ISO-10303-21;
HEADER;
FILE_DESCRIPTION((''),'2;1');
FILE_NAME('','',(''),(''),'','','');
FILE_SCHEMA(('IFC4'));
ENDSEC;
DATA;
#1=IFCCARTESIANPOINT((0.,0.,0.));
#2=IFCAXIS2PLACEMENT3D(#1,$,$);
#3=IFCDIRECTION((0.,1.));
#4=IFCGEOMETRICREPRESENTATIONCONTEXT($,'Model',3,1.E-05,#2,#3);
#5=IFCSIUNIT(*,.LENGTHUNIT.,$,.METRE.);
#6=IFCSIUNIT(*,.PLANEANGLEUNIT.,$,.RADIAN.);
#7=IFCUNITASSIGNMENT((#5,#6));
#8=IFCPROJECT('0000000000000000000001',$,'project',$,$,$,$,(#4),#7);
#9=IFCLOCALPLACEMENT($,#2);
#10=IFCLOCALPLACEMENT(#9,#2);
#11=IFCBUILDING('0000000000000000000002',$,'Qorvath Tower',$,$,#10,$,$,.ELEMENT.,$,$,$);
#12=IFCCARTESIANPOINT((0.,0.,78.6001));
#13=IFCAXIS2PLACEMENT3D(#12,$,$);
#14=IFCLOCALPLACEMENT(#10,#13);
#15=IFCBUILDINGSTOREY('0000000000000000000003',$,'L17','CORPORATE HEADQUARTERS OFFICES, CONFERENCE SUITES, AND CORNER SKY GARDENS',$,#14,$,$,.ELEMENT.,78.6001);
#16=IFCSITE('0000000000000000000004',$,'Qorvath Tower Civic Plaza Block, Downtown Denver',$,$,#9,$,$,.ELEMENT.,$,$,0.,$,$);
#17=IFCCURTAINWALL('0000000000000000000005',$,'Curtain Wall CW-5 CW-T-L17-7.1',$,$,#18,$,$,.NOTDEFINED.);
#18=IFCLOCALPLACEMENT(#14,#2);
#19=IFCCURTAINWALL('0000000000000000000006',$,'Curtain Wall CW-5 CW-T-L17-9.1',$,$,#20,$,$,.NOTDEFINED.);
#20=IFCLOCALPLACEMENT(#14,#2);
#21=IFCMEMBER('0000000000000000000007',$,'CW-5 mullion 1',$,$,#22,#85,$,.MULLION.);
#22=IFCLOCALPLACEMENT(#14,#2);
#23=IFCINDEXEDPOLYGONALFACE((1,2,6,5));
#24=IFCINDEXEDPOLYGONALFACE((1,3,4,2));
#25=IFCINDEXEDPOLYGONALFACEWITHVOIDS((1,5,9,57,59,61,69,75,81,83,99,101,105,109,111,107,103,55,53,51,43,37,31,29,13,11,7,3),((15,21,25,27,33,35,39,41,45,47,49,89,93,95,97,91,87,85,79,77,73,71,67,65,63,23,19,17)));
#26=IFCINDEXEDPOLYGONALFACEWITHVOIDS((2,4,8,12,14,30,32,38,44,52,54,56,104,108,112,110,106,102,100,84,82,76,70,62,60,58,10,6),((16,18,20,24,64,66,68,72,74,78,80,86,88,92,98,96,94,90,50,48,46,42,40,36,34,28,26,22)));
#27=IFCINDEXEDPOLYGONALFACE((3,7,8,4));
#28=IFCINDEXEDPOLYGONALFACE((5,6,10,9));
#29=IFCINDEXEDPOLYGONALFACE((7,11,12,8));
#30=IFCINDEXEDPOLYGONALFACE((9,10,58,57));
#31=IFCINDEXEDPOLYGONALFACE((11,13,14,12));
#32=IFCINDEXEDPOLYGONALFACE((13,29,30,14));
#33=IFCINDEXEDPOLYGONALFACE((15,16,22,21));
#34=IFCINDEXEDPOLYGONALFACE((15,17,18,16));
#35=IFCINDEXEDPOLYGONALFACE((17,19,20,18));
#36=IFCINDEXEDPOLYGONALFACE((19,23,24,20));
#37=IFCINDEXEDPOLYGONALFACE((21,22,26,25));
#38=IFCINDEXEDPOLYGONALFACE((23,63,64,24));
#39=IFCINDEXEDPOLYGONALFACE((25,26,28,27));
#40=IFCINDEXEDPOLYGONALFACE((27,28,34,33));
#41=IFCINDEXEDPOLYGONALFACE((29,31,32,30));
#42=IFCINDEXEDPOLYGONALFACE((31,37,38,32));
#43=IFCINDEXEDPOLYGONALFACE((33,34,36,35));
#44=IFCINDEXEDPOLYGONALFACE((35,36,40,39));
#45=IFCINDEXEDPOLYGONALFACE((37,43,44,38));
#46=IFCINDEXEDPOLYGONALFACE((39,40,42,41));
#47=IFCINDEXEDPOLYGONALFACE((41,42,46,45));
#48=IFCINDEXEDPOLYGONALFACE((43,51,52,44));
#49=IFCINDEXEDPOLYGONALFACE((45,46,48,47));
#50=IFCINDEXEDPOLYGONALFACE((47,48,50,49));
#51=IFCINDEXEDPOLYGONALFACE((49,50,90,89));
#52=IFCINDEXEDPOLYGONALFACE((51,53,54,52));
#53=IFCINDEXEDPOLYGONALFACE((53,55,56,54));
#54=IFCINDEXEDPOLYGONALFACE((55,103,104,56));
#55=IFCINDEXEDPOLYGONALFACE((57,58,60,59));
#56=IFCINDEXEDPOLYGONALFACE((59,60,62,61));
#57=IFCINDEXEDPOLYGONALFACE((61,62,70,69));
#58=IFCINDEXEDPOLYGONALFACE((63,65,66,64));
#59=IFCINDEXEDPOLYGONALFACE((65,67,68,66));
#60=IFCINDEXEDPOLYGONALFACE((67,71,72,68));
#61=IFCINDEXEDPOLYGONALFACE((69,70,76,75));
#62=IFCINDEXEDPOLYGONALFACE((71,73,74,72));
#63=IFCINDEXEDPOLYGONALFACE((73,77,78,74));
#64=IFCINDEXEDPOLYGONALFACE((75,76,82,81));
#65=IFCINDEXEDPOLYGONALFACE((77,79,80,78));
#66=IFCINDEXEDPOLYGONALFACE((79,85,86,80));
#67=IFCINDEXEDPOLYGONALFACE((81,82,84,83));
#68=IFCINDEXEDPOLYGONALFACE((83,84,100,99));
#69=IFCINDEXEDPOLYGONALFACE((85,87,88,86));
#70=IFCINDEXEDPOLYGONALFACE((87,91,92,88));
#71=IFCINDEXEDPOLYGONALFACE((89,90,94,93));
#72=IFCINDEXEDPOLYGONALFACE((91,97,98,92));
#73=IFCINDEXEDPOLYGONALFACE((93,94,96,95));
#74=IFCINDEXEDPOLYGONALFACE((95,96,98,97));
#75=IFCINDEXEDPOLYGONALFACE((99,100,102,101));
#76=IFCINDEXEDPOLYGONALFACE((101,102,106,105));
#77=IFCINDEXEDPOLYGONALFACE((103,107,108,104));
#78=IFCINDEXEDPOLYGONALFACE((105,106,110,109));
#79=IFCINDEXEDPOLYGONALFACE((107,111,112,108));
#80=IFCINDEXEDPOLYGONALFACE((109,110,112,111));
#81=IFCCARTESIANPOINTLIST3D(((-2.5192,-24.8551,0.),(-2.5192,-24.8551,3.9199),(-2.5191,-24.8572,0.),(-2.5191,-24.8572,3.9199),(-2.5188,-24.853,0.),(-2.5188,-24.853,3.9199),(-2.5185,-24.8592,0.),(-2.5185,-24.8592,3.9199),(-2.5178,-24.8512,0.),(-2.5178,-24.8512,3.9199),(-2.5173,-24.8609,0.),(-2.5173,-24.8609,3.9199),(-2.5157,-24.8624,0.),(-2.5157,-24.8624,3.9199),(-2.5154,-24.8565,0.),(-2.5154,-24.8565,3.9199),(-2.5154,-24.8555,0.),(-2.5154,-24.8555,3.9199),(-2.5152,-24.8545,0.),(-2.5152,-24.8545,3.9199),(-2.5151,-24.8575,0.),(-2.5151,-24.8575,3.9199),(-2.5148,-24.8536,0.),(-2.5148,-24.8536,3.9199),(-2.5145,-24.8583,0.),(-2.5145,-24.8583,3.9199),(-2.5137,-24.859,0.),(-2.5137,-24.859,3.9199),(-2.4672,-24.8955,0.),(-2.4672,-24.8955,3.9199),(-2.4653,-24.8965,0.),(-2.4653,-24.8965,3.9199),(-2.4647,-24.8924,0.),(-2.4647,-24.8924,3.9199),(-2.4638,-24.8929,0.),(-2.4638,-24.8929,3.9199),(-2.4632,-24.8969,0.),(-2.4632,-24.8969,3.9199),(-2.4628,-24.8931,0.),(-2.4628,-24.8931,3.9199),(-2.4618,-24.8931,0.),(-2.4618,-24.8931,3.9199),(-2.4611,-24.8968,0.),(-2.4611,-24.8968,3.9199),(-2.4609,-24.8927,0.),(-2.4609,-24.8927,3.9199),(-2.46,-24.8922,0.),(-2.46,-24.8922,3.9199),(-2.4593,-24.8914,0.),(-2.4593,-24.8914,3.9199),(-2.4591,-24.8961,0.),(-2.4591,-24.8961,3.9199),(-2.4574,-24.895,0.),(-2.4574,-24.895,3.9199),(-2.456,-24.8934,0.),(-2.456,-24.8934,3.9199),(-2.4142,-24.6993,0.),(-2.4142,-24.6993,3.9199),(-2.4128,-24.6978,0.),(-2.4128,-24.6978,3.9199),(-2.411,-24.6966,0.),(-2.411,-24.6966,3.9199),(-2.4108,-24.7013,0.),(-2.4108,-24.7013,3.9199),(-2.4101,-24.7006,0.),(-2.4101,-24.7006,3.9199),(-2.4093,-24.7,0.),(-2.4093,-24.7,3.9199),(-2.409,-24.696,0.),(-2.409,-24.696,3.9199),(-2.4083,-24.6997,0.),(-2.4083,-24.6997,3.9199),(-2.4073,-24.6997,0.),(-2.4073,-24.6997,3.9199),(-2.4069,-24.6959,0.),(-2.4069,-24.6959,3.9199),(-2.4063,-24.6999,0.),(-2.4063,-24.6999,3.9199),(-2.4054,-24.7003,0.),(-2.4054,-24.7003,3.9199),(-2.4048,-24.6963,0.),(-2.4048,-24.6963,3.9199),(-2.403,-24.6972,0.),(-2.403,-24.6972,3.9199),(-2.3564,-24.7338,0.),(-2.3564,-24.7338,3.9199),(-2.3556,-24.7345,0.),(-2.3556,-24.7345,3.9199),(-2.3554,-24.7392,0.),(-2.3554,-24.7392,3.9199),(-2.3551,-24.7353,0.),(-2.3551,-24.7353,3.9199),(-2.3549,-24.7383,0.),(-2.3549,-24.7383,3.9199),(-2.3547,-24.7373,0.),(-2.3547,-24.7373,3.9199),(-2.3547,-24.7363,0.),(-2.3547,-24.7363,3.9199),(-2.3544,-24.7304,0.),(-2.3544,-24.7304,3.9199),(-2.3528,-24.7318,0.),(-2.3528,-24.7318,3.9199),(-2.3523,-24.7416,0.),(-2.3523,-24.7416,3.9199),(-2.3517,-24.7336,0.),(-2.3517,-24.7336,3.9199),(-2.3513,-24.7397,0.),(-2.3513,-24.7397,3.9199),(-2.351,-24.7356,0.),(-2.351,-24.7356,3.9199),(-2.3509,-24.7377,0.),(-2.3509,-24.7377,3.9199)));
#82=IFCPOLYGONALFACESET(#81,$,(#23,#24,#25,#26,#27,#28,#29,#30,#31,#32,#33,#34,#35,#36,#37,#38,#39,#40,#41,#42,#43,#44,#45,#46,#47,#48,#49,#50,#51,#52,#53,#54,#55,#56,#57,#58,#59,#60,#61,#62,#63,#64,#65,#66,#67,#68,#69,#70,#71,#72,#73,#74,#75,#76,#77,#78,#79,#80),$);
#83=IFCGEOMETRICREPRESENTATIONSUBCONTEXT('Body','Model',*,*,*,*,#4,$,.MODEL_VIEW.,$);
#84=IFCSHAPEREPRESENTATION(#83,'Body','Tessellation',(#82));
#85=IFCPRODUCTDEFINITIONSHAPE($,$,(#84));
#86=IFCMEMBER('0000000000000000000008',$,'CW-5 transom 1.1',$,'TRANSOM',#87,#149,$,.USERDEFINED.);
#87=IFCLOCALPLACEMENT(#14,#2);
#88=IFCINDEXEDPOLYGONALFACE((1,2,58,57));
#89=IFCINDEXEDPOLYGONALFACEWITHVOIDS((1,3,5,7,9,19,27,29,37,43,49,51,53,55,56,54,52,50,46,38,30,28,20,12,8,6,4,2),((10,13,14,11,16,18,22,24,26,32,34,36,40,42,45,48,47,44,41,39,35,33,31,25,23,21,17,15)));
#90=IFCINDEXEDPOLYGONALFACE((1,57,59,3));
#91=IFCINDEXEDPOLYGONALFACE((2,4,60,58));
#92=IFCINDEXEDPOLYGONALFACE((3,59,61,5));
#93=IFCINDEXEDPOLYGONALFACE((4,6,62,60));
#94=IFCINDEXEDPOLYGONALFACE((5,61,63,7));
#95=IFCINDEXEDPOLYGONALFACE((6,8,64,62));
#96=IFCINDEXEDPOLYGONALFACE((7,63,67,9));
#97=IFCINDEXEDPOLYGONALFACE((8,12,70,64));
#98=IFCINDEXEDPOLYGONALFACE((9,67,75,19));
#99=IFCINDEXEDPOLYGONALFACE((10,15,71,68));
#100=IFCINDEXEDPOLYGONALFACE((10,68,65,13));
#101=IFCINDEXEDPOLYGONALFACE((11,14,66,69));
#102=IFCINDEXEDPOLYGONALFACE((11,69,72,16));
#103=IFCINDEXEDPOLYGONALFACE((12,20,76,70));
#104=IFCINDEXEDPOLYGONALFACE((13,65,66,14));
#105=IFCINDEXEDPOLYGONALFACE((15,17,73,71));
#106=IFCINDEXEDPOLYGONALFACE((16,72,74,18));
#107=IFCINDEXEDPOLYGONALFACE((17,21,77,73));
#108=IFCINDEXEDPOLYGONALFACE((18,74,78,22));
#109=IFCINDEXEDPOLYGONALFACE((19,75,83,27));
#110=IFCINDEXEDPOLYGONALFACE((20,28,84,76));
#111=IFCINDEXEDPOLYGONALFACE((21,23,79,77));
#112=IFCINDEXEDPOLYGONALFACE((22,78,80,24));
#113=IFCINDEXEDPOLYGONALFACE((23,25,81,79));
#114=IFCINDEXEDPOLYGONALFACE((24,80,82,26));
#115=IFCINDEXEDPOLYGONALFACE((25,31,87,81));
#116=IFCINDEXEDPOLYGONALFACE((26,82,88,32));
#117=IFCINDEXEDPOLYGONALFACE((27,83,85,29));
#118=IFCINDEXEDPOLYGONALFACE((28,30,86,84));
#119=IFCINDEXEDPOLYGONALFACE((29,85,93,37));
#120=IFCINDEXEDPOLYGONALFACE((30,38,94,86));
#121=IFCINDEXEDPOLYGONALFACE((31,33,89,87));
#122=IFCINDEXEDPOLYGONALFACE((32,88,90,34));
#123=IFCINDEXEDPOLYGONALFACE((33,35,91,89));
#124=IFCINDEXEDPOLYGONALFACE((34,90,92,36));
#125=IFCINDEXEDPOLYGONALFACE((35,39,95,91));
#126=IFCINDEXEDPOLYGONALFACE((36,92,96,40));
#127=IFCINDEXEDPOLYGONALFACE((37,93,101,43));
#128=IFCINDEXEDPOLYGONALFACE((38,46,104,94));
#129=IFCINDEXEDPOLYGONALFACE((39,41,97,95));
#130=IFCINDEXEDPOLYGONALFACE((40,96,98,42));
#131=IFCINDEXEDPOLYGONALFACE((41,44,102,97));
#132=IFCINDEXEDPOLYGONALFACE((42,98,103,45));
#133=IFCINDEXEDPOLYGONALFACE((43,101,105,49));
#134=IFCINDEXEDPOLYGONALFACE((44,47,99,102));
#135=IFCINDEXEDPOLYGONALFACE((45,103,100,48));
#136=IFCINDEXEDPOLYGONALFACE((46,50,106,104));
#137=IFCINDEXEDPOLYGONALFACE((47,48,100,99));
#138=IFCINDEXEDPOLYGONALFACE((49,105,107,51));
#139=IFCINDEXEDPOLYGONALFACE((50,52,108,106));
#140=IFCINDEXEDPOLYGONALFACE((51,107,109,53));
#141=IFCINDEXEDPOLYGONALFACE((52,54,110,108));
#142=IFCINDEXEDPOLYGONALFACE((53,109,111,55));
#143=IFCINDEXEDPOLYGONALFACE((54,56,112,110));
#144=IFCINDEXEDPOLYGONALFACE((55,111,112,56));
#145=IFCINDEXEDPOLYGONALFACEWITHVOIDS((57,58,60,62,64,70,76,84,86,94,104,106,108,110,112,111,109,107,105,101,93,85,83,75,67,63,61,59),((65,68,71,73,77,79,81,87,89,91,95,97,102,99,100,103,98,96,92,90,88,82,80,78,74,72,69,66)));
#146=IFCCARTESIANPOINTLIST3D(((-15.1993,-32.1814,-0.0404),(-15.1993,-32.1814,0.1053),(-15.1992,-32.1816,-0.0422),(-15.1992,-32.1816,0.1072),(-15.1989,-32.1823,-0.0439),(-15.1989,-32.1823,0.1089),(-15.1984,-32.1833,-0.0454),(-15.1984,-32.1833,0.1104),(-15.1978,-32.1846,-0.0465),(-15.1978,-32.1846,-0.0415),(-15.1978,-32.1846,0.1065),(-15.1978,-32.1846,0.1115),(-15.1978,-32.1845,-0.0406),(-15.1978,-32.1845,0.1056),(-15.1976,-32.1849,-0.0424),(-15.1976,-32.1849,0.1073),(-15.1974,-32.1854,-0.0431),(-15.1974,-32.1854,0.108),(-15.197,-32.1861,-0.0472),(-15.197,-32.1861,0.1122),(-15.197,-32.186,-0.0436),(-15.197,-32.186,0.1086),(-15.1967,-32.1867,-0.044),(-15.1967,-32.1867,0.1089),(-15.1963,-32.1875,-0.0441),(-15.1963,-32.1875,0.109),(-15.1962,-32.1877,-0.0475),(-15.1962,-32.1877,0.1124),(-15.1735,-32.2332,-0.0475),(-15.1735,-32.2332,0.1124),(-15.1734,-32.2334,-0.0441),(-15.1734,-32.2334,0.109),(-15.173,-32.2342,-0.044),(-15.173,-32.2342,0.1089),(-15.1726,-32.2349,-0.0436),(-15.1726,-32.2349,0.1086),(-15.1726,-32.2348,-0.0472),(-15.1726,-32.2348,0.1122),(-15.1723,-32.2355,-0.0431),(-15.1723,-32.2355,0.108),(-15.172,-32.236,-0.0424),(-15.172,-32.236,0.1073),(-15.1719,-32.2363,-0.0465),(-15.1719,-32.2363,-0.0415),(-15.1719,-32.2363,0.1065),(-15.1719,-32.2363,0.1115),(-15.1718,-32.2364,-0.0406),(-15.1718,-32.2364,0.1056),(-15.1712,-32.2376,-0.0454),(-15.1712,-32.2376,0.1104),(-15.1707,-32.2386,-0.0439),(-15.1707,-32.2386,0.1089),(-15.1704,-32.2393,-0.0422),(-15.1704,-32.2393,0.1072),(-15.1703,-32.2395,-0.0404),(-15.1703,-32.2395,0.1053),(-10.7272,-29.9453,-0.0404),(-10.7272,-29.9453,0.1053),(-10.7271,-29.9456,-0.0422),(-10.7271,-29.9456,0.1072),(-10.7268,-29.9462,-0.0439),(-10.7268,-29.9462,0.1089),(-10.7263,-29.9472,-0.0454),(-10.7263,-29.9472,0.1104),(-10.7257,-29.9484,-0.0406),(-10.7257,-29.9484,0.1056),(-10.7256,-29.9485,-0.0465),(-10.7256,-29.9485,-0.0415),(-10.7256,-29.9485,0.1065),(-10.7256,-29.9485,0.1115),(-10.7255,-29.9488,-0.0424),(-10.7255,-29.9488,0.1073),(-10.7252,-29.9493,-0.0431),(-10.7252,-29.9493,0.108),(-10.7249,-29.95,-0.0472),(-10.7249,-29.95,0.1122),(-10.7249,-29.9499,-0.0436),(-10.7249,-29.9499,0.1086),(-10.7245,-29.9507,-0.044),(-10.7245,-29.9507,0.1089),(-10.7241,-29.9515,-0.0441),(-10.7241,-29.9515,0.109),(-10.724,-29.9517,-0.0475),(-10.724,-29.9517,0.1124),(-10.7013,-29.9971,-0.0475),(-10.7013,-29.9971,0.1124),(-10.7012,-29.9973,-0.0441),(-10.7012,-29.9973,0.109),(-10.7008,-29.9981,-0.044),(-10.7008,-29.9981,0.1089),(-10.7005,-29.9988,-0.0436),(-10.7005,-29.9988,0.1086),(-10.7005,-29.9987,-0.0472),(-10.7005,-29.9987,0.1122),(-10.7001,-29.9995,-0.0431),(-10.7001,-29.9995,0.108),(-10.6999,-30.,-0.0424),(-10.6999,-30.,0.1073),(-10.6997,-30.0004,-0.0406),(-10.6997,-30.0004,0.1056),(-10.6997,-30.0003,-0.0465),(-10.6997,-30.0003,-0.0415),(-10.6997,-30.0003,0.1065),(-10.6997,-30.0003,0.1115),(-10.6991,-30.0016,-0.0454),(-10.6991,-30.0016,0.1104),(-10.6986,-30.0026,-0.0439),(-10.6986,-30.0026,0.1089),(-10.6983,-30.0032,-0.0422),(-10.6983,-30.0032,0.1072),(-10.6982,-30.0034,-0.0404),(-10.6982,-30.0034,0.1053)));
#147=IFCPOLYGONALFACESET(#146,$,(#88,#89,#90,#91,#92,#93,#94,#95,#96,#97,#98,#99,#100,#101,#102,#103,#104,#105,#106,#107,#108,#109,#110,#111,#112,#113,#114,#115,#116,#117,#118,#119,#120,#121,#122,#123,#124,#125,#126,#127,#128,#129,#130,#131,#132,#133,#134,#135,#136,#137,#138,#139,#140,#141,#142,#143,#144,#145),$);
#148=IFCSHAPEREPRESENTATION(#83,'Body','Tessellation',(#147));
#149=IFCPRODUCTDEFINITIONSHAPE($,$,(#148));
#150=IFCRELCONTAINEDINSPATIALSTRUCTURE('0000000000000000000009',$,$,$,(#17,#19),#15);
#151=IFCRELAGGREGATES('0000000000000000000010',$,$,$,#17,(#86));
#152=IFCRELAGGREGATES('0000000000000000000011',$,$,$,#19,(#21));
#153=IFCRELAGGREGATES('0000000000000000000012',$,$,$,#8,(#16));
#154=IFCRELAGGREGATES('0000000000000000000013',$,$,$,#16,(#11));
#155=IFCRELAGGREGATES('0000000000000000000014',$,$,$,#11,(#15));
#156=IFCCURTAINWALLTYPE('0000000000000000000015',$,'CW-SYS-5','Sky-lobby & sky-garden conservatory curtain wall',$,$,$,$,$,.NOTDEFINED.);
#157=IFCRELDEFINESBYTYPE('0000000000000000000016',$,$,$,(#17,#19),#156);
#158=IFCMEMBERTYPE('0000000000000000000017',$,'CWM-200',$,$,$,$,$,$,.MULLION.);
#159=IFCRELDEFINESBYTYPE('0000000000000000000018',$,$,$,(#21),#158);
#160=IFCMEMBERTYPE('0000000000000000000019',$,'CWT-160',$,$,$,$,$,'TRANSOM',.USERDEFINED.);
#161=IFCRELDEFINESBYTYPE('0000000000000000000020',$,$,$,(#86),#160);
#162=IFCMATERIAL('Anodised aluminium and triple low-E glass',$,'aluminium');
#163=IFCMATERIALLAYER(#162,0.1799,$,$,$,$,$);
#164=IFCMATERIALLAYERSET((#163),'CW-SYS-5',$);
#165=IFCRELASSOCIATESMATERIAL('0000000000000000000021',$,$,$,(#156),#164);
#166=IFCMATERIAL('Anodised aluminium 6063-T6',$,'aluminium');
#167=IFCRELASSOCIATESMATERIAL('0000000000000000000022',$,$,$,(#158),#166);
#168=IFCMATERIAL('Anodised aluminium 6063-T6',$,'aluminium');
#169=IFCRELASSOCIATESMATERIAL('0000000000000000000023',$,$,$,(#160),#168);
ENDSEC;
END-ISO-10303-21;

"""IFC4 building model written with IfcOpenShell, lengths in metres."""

from ifc_helpers import new_model, si_unit, direction, frame, origin, origin_2d, place, context, subcontext, project, spatial, hollow_rectangle, extrude, material, layer, layer_set, material_profile, profile_set, type_object, element, aggregate, save


model = new_model("IFC4")

# Units and contexts
model_context = context("Model", 3, precision=1e-05, world=origin(), true_north=direction((0.0, 1.0)))
body_context = subcontext(model_context, "Body", "Model", "MODEL_VIEW")
ifc_project = project(units=[si_unit("LENGTHUNIT", "METRE"), si_unit("PLANEANGLEUNIT", "RADIAN")], contexts=[model_context])

# Site, building, storey
site_placement = place(None, origin())
site = spatial("IfcSite", under=ifc_project, at=site_placement, Name="Qorvath Tower Civic Plaza Block, Downtown Denver", CompositionType="ELEMENT", RefElevation=0.0)
building_placement = place(site_placement, origin())
building = spatial("IfcBuilding", under=site, at=building_placement, Name="Qorvath Tower", CompositionType="ELEMENT")
storey_placement = place(building_placement, frame((0.0, 0.0, 78.6001)))
storey = spatial("IfcBuildingStorey", under=building, at=storey_placement, Name="L17", Description="CORPORATE HEADQUARTERS OFFICES, CONFERENCE SUITES, AND CORNER SKY GARDENS", CompositionType="ELEMENT", Elevation=78.6001)

# Shared definitions
ifc_material_1 = material(Name="Anodised aluminium and triple low-E glass", Category="aluminium")
ifc_layer_1 = layer(ifc_material_1, 0.1799)
ifc_layer_set_1 = layer_set([ifc_layer_1], Name="CW-SYS-5")
curtain_wall_type = type_object("IfcCurtainWallType", Name="CW-SYS-5", Description="Sky-lobby & sky-garden conservatory curtain wall", PredefinedType="NOTDEFINED", material=ifc_layer_set_1)
ifc_material_2 = material(Name="Anodised aluminium 6063-T6", Category="aluminium")
ifc_material_profile_1 = material_profile(ifc_material_2, hollow_rectangle(XDim=0.075, YDim=0.2, WallThickness=0.0039, InnerFilletRadius=0.0039, OuterFilletRadius=0.0081, at=origin_2d()), Name="CWM 200x75")
ifc_profile_set_1 = profile_set([ifc_material_profile_1], Name="Anodised aluminium 6063-T6")
member_type_1 = type_object("IfcMemberType", Name="CWM-200", PredefinedType="MULLION", material=ifc_profile_set_1)

# Curtain wall
curtain_wall_1_placement = place(storey_placement, origin())
curtain_wall_1 = element("IfcCurtainWall", 1, at=curtain_wall_1_placement, inside=storey, type_object=curtain_wall_type, Name="Curtain Wall CW-5 CW-T-L17-7.1", PredefinedType="NOTDEFINED")

# Curtain wall, member
curtain_wall_2_placement = place(storey_placement, origin())
curtain_wall_2 = element("IfcCurtainWall", 2, at=curtain_wall_2_placement, inside=storey, type_object=curtain_wall_type, Name="Curtain Wall CW-5 CW-T-L17-9.1", PredefinedType="NOTDEFINED")
member_1_placement = place(storey_placement, frame((-2.4351, -24.7964, 0.0), z_axis=(0.0, 0.0, 1.0), x_axis=(-0.825776, 0.563998, 0.0)))
member_1 = element("IfcMember", 3, at=member_1_placement, type_object=member_type_1, Name="CW-5 mullion 1", PredefinedType="MULLION", context=body_context, shape_type="SweptSolid", body=[
    extrude(hollow_rectangle(XDim=0.075, YDim=0.2, WallThickness=0.0039, InnerFilletRadius=0.0039, OuterFilletRadius=0.0081, at=origin_2d()), origin(), (0.0, 0.0, 1.0), 3.9199),
])

# Member
ifc_material_3 = material(Name="Anodised aluminium 6063-T6", Category="aluminium")
ifc_material_profile_2 = material_profile(ifc_material_3, hollow_rectangle(XDim=0.0649, YDim=0.1599, WallThickness=0.0034, InnerFilletRadius=0.0034, OuterFilletRadius=0.0071, at=origin_2d()), Name="CWT 160x65")
ifc_profile_set_2 = profile_set([ifc_material_profile_2], Name="Anodised aluminium 6063-T6")
member_type_2 = type_object("IfcMemberType", Name="CWT-160", ElementType="TRANSOM", PredefinedType="USERDEFINED", material=ifc_profile_set_2)
member_2_placement = place(storey_placement, frame((-15.1848, -32.2104, 0.0325), z_axis=(0.894427, 0.447214, 0.0), x_axis=(-0.447214, 0.894427, 0.0)))
member_2 = element("IfcMember", 4, at=member_2_placement, type_object=member_type_2, Name="CW-5 transom 1.1", ObjectType="TRANSOM", PredefinedType="USERDEFINED", context=body_context, shape_type="SweptSolid", body=[
    extrude(hollow_rectangle(XDim=0.0649, YDim=0.1599, WallThickness=0.0034, InnerFilletRadius=0.0034, OuterFilletRadius=0.0071, at=origin_2d()), origin(), (0.0, 0.0, 1.0), 5.0),
])

aggregate(curtain_wall_1, [member_2])
aggregate(curtain_wall_2, [member_1])

save(model, "model.ifc")
